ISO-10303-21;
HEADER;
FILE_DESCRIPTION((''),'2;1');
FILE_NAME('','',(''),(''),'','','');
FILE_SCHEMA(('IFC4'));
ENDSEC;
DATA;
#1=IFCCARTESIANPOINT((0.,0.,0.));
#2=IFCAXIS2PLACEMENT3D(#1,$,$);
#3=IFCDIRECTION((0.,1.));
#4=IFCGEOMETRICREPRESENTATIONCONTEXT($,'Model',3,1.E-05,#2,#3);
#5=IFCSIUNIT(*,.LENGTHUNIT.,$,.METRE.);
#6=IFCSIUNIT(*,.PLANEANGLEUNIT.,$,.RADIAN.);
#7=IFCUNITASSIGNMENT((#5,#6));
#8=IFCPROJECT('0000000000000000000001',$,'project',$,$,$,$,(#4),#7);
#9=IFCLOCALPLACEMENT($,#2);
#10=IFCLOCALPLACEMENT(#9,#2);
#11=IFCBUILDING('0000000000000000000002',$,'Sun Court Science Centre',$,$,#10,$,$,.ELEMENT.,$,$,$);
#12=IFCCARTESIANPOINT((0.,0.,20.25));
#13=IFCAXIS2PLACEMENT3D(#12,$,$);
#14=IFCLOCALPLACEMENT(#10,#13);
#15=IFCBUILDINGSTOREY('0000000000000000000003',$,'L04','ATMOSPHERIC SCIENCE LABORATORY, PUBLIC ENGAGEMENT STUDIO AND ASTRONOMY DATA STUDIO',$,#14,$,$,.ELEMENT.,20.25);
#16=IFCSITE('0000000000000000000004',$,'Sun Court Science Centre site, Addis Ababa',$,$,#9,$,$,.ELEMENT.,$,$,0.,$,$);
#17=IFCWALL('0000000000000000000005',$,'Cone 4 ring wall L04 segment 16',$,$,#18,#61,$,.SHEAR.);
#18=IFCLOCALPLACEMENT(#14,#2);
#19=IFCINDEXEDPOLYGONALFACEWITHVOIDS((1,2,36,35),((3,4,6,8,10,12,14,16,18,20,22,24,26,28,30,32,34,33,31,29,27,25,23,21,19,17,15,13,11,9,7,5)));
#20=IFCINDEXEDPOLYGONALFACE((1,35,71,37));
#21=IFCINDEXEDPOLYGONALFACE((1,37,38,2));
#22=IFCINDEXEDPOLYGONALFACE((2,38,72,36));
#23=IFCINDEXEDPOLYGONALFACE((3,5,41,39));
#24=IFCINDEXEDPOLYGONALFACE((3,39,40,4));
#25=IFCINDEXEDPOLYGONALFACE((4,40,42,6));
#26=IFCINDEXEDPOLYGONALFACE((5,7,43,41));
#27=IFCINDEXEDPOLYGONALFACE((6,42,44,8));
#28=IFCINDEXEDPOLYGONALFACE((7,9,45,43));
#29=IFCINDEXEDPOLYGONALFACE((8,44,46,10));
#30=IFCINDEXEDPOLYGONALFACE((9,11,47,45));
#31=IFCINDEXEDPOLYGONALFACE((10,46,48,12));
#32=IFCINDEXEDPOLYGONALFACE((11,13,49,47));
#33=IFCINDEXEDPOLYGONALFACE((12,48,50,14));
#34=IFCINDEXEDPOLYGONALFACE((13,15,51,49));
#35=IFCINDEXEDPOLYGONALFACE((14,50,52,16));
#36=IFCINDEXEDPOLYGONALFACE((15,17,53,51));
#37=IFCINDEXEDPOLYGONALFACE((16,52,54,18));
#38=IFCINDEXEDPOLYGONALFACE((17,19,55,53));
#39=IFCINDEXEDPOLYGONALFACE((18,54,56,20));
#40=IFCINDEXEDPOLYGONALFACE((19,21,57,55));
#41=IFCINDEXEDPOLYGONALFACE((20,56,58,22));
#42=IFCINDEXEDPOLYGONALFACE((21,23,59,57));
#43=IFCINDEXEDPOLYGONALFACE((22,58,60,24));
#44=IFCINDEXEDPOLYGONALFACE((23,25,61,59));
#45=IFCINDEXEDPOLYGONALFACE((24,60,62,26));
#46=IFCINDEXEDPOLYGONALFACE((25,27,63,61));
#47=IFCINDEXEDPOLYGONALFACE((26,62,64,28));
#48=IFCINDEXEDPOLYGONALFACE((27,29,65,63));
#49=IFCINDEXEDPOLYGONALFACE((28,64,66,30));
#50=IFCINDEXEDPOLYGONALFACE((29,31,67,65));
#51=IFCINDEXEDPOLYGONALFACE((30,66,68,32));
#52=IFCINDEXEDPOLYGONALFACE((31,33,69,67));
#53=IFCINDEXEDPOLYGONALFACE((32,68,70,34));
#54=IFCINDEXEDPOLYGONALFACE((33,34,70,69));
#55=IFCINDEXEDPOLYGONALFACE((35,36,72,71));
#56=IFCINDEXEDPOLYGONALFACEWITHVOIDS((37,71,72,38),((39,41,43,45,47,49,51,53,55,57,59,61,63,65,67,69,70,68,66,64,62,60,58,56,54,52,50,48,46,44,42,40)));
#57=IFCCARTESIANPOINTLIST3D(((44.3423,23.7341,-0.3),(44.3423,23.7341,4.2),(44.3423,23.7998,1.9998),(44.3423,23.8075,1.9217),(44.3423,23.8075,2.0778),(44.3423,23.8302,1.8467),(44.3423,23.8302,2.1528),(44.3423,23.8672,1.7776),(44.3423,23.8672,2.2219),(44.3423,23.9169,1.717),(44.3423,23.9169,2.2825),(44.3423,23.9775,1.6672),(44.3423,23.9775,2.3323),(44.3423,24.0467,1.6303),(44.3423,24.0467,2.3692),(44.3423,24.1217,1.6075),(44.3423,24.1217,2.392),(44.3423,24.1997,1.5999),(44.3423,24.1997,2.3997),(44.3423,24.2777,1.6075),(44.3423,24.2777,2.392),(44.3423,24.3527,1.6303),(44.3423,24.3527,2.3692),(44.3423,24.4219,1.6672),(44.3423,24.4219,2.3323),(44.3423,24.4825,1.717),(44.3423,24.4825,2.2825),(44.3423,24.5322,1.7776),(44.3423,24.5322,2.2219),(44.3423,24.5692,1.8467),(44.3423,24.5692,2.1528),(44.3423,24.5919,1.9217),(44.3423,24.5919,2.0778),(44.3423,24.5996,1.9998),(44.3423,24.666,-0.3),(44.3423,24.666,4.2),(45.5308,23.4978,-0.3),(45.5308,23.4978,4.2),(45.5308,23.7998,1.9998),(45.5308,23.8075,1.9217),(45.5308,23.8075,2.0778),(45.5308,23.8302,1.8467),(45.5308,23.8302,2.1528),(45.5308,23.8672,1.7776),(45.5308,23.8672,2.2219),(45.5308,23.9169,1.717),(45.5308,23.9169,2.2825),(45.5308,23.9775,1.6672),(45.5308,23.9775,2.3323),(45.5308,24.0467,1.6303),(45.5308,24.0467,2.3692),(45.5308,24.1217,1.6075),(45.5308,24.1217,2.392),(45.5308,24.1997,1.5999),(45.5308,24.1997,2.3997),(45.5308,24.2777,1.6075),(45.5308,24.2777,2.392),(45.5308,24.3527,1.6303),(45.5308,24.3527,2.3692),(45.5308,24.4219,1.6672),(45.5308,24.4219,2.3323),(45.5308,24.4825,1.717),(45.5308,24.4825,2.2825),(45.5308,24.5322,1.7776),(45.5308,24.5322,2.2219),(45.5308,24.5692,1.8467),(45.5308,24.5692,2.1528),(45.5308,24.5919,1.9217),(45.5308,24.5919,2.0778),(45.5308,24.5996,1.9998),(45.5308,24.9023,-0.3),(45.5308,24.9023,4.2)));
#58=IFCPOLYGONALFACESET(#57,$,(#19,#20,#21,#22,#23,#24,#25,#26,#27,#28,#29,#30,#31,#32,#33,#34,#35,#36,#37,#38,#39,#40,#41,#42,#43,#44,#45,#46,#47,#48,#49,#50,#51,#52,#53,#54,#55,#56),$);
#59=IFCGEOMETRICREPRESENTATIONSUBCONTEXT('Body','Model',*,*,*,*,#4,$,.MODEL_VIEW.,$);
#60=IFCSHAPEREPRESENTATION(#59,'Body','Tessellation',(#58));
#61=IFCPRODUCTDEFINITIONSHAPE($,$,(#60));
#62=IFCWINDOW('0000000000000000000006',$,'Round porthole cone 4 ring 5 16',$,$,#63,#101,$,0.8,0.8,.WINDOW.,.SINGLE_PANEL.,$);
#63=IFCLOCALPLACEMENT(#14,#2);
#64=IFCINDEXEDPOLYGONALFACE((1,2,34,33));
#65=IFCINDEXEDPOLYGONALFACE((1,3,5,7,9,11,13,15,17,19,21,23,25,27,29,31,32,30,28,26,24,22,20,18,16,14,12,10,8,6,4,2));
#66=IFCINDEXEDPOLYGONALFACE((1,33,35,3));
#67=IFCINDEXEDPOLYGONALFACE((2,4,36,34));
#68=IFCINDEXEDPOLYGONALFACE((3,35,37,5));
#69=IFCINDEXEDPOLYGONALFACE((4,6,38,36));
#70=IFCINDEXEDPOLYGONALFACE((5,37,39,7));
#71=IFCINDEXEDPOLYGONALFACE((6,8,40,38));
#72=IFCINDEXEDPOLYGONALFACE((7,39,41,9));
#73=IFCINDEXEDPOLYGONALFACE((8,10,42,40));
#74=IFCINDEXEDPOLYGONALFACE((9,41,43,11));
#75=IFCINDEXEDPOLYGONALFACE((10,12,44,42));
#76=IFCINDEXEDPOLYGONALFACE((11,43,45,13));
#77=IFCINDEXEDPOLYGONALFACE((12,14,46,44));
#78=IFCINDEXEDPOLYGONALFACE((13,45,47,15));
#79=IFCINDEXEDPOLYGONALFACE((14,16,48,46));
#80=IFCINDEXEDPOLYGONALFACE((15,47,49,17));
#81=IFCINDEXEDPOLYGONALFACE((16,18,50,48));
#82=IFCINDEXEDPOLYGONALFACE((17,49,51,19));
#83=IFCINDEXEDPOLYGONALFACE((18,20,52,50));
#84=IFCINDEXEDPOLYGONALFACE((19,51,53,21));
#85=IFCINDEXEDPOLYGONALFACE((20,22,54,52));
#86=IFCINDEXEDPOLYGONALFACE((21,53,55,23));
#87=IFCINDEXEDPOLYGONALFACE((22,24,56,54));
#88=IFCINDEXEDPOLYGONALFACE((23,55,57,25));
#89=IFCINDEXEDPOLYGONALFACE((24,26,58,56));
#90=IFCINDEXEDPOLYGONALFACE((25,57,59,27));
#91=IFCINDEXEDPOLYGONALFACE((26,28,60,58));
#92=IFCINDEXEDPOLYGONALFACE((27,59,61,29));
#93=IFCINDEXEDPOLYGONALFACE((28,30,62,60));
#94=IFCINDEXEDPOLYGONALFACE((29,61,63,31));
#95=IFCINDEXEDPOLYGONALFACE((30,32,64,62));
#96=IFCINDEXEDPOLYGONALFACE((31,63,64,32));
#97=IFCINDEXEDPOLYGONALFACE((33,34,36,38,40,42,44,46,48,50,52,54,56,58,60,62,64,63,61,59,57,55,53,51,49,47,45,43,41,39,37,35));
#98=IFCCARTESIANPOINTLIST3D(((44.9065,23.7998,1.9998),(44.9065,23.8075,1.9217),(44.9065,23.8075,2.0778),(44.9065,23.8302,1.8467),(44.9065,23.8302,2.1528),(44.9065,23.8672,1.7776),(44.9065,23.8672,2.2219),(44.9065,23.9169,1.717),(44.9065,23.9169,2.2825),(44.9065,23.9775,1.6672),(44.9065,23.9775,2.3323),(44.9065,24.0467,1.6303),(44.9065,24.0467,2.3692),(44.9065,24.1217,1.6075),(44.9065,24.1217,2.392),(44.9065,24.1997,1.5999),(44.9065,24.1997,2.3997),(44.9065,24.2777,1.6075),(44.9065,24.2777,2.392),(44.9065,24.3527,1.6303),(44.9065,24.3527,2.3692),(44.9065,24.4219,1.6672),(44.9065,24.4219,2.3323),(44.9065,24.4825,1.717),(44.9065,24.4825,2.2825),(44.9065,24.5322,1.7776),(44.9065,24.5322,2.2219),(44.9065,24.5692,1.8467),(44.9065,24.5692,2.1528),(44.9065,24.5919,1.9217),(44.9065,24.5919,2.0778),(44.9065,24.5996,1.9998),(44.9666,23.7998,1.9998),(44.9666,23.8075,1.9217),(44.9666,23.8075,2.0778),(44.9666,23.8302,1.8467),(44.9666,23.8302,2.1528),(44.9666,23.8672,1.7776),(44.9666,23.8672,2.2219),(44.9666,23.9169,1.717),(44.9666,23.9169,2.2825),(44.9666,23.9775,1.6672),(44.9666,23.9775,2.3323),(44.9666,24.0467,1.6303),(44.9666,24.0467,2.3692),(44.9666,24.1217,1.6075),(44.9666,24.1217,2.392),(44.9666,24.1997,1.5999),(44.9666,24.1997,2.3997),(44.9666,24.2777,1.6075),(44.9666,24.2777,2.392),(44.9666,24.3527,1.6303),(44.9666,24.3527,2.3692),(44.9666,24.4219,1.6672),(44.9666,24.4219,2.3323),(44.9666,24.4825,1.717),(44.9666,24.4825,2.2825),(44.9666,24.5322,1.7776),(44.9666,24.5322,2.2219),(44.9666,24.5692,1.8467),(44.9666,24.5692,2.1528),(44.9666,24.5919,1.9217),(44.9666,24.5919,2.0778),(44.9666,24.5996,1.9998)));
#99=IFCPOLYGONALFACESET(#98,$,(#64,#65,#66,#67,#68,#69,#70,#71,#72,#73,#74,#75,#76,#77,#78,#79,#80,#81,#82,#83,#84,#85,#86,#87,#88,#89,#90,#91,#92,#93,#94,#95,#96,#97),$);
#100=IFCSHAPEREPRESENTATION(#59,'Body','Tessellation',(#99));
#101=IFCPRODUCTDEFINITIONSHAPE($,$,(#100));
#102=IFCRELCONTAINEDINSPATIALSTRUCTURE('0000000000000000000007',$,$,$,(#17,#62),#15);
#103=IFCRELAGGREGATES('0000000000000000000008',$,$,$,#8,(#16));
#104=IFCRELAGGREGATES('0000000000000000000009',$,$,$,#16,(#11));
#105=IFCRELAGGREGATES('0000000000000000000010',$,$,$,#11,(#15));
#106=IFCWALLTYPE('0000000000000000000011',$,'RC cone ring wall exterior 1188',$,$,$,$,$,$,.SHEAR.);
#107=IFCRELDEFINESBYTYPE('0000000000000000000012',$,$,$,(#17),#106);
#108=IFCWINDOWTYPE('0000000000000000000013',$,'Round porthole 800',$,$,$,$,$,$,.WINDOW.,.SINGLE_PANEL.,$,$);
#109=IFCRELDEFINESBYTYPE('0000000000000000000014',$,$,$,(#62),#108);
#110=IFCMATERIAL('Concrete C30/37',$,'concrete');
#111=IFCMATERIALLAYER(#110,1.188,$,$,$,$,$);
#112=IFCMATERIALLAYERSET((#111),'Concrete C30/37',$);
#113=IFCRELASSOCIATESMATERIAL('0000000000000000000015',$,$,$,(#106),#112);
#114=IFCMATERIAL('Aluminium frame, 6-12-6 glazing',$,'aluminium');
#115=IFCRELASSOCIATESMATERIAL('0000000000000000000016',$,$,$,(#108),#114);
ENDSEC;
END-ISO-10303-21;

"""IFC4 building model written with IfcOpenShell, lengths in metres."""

from ifc_helpers import new_model, si_unit, direction, frame, frame_2d, origin, place, context, subcontext, project, spatial, polyline, circle, outline, extrude, material, layer, layer_set, type_object, element, fill, save


model = new_model("IFC4")

# Units and contexts
model_context = context("Model", 3, precision=1e-05, world=origin(), true_north=direction((0.0, 1.0)))
body_context = subcontext(model_context, "Body", "Model", "MODEL_VIEW")
ifc_project = project(units=[si_unit("LENGTHUNIT", "METRE"), si_unit("PLANEANGLEUNIT", "RADIAN")], contexts=[model_context])

# Site, building, storey
site_placement = place(None, origin())
site = spatial("IfcSite", under=ifc_project, at=site_placement, Name="Sun Court Science Centre site, Addis Ababa", CompositionType="ELEMENT", RefElevation=0.0)
building_placement = place(site_placement, origin())
building = spatial("IfcBuilding", under=site, at=building_placement, Name="Sun Court Science Centre", CompositionType="ELEMENT")
storey_placement = place(building_placement, frame((0.0, 0.0, 20.25)))
storey = spatial("IfcBuildingStorey", under=building, at=storey_placement, Name="L04", Description="ATMOSPHERIC SCIENCE LABORATORY, PUBLIC ENGAGEMENT STUDIO AND ASTRONOMY DATA STUDIO", CompositionType="ELEMENT", Elevation=20.25)

# Wall, opening, window
ifc_material_1 = material(Name="Concrete C30/37", Category="concrete")
ifc_layer = layer(ifc_material_1, 1.188)
ifc_layer_set = layer_set([ifc_layer], Name="Concrete C30/37")
wall_type = type_object("IfcWallType", Name="RC cone ring wall exterior 1188", PredefinedType="SHEAR", material=ifc_layer_set)
ifc_material_2 = material(Name="Aluminium frame, 6-12-6 glazing", Category="aluminium")
window_type = type_object("IfcWindowType", Name="Round porthole 800", PartitioningType="SINGLE_PANEL", PredefinedType="WINDOW", material=ifc_material_2)
wall_1_placement = place(storey_placement, frame((44.9365, 23.4976, -0.3), z_axis=(0.0, 0.0, 1.0), x_axis=(0.0, 1.0, 0.0)))
wall_1 = element("IfcWall", 1, at=wall_1_placement, inside=storey, type_object=wall_type, Name="Cone 4 ring wall L04 segment 16", PredefinedType="SHEAR", context=body_context, shape_type="SweptSolid", body=[
    extrude(outline(polyline([(0.0002, -0.5942), (1.4048, -0.5942), (1.1685, 0.5942), (0.2366, 0.5942), (0.0002, -0.5942)])), origin(), (0.0, 0.0, 1.0), 4.5),
])
opening_1_placement = place(wall_1_placement, frame((0.3022, 0.0, 1.8999)))
opening_1 = element("IfcOpeningElement", 2, at=opening_1_placement, cuts=wall_1, PredefinedType="OPENING", context=body_context, shape_type="SweptSolid", body=[
    extrude(circle(Radius=0.3999, at=frame_2d((0.3999, 0.3999))), frame((0.0, 0.6042, 0.0), z_axis=(0.0, -1.0, 0.0), x_axis=(1.0, 0.0, 0.0)), (0.0, 0.0, 1.0), 1.2085),
])
window_1_placement = place(opening_1_placement, origin())
window_1 = element("IfcWindow", 3, at=window_1_placement, inside=storey, type_object=window_type, Name="Round porthole cone 4 ring 5 16", OverallHeight=0.8, OverallWidth=0.8, PartitioningType="SINGLE_PANEL", PredefinedType="WINDOW", context=body_context, shape_type="SweptSolid", body=[
    extrude(circle(Radius=0.3999, at=frame_2d((0.3999, 0.3999))), frame((0.0, 0.03, 0.0), z_axis=(0.0, -1.0, 0.0), x_axis=(1.0, 0.0, 0.0)), (0.0, 0.0, 1.0), 0.0601),
])
fill(opening_1, window_1)

save(model, "model.ifc")
